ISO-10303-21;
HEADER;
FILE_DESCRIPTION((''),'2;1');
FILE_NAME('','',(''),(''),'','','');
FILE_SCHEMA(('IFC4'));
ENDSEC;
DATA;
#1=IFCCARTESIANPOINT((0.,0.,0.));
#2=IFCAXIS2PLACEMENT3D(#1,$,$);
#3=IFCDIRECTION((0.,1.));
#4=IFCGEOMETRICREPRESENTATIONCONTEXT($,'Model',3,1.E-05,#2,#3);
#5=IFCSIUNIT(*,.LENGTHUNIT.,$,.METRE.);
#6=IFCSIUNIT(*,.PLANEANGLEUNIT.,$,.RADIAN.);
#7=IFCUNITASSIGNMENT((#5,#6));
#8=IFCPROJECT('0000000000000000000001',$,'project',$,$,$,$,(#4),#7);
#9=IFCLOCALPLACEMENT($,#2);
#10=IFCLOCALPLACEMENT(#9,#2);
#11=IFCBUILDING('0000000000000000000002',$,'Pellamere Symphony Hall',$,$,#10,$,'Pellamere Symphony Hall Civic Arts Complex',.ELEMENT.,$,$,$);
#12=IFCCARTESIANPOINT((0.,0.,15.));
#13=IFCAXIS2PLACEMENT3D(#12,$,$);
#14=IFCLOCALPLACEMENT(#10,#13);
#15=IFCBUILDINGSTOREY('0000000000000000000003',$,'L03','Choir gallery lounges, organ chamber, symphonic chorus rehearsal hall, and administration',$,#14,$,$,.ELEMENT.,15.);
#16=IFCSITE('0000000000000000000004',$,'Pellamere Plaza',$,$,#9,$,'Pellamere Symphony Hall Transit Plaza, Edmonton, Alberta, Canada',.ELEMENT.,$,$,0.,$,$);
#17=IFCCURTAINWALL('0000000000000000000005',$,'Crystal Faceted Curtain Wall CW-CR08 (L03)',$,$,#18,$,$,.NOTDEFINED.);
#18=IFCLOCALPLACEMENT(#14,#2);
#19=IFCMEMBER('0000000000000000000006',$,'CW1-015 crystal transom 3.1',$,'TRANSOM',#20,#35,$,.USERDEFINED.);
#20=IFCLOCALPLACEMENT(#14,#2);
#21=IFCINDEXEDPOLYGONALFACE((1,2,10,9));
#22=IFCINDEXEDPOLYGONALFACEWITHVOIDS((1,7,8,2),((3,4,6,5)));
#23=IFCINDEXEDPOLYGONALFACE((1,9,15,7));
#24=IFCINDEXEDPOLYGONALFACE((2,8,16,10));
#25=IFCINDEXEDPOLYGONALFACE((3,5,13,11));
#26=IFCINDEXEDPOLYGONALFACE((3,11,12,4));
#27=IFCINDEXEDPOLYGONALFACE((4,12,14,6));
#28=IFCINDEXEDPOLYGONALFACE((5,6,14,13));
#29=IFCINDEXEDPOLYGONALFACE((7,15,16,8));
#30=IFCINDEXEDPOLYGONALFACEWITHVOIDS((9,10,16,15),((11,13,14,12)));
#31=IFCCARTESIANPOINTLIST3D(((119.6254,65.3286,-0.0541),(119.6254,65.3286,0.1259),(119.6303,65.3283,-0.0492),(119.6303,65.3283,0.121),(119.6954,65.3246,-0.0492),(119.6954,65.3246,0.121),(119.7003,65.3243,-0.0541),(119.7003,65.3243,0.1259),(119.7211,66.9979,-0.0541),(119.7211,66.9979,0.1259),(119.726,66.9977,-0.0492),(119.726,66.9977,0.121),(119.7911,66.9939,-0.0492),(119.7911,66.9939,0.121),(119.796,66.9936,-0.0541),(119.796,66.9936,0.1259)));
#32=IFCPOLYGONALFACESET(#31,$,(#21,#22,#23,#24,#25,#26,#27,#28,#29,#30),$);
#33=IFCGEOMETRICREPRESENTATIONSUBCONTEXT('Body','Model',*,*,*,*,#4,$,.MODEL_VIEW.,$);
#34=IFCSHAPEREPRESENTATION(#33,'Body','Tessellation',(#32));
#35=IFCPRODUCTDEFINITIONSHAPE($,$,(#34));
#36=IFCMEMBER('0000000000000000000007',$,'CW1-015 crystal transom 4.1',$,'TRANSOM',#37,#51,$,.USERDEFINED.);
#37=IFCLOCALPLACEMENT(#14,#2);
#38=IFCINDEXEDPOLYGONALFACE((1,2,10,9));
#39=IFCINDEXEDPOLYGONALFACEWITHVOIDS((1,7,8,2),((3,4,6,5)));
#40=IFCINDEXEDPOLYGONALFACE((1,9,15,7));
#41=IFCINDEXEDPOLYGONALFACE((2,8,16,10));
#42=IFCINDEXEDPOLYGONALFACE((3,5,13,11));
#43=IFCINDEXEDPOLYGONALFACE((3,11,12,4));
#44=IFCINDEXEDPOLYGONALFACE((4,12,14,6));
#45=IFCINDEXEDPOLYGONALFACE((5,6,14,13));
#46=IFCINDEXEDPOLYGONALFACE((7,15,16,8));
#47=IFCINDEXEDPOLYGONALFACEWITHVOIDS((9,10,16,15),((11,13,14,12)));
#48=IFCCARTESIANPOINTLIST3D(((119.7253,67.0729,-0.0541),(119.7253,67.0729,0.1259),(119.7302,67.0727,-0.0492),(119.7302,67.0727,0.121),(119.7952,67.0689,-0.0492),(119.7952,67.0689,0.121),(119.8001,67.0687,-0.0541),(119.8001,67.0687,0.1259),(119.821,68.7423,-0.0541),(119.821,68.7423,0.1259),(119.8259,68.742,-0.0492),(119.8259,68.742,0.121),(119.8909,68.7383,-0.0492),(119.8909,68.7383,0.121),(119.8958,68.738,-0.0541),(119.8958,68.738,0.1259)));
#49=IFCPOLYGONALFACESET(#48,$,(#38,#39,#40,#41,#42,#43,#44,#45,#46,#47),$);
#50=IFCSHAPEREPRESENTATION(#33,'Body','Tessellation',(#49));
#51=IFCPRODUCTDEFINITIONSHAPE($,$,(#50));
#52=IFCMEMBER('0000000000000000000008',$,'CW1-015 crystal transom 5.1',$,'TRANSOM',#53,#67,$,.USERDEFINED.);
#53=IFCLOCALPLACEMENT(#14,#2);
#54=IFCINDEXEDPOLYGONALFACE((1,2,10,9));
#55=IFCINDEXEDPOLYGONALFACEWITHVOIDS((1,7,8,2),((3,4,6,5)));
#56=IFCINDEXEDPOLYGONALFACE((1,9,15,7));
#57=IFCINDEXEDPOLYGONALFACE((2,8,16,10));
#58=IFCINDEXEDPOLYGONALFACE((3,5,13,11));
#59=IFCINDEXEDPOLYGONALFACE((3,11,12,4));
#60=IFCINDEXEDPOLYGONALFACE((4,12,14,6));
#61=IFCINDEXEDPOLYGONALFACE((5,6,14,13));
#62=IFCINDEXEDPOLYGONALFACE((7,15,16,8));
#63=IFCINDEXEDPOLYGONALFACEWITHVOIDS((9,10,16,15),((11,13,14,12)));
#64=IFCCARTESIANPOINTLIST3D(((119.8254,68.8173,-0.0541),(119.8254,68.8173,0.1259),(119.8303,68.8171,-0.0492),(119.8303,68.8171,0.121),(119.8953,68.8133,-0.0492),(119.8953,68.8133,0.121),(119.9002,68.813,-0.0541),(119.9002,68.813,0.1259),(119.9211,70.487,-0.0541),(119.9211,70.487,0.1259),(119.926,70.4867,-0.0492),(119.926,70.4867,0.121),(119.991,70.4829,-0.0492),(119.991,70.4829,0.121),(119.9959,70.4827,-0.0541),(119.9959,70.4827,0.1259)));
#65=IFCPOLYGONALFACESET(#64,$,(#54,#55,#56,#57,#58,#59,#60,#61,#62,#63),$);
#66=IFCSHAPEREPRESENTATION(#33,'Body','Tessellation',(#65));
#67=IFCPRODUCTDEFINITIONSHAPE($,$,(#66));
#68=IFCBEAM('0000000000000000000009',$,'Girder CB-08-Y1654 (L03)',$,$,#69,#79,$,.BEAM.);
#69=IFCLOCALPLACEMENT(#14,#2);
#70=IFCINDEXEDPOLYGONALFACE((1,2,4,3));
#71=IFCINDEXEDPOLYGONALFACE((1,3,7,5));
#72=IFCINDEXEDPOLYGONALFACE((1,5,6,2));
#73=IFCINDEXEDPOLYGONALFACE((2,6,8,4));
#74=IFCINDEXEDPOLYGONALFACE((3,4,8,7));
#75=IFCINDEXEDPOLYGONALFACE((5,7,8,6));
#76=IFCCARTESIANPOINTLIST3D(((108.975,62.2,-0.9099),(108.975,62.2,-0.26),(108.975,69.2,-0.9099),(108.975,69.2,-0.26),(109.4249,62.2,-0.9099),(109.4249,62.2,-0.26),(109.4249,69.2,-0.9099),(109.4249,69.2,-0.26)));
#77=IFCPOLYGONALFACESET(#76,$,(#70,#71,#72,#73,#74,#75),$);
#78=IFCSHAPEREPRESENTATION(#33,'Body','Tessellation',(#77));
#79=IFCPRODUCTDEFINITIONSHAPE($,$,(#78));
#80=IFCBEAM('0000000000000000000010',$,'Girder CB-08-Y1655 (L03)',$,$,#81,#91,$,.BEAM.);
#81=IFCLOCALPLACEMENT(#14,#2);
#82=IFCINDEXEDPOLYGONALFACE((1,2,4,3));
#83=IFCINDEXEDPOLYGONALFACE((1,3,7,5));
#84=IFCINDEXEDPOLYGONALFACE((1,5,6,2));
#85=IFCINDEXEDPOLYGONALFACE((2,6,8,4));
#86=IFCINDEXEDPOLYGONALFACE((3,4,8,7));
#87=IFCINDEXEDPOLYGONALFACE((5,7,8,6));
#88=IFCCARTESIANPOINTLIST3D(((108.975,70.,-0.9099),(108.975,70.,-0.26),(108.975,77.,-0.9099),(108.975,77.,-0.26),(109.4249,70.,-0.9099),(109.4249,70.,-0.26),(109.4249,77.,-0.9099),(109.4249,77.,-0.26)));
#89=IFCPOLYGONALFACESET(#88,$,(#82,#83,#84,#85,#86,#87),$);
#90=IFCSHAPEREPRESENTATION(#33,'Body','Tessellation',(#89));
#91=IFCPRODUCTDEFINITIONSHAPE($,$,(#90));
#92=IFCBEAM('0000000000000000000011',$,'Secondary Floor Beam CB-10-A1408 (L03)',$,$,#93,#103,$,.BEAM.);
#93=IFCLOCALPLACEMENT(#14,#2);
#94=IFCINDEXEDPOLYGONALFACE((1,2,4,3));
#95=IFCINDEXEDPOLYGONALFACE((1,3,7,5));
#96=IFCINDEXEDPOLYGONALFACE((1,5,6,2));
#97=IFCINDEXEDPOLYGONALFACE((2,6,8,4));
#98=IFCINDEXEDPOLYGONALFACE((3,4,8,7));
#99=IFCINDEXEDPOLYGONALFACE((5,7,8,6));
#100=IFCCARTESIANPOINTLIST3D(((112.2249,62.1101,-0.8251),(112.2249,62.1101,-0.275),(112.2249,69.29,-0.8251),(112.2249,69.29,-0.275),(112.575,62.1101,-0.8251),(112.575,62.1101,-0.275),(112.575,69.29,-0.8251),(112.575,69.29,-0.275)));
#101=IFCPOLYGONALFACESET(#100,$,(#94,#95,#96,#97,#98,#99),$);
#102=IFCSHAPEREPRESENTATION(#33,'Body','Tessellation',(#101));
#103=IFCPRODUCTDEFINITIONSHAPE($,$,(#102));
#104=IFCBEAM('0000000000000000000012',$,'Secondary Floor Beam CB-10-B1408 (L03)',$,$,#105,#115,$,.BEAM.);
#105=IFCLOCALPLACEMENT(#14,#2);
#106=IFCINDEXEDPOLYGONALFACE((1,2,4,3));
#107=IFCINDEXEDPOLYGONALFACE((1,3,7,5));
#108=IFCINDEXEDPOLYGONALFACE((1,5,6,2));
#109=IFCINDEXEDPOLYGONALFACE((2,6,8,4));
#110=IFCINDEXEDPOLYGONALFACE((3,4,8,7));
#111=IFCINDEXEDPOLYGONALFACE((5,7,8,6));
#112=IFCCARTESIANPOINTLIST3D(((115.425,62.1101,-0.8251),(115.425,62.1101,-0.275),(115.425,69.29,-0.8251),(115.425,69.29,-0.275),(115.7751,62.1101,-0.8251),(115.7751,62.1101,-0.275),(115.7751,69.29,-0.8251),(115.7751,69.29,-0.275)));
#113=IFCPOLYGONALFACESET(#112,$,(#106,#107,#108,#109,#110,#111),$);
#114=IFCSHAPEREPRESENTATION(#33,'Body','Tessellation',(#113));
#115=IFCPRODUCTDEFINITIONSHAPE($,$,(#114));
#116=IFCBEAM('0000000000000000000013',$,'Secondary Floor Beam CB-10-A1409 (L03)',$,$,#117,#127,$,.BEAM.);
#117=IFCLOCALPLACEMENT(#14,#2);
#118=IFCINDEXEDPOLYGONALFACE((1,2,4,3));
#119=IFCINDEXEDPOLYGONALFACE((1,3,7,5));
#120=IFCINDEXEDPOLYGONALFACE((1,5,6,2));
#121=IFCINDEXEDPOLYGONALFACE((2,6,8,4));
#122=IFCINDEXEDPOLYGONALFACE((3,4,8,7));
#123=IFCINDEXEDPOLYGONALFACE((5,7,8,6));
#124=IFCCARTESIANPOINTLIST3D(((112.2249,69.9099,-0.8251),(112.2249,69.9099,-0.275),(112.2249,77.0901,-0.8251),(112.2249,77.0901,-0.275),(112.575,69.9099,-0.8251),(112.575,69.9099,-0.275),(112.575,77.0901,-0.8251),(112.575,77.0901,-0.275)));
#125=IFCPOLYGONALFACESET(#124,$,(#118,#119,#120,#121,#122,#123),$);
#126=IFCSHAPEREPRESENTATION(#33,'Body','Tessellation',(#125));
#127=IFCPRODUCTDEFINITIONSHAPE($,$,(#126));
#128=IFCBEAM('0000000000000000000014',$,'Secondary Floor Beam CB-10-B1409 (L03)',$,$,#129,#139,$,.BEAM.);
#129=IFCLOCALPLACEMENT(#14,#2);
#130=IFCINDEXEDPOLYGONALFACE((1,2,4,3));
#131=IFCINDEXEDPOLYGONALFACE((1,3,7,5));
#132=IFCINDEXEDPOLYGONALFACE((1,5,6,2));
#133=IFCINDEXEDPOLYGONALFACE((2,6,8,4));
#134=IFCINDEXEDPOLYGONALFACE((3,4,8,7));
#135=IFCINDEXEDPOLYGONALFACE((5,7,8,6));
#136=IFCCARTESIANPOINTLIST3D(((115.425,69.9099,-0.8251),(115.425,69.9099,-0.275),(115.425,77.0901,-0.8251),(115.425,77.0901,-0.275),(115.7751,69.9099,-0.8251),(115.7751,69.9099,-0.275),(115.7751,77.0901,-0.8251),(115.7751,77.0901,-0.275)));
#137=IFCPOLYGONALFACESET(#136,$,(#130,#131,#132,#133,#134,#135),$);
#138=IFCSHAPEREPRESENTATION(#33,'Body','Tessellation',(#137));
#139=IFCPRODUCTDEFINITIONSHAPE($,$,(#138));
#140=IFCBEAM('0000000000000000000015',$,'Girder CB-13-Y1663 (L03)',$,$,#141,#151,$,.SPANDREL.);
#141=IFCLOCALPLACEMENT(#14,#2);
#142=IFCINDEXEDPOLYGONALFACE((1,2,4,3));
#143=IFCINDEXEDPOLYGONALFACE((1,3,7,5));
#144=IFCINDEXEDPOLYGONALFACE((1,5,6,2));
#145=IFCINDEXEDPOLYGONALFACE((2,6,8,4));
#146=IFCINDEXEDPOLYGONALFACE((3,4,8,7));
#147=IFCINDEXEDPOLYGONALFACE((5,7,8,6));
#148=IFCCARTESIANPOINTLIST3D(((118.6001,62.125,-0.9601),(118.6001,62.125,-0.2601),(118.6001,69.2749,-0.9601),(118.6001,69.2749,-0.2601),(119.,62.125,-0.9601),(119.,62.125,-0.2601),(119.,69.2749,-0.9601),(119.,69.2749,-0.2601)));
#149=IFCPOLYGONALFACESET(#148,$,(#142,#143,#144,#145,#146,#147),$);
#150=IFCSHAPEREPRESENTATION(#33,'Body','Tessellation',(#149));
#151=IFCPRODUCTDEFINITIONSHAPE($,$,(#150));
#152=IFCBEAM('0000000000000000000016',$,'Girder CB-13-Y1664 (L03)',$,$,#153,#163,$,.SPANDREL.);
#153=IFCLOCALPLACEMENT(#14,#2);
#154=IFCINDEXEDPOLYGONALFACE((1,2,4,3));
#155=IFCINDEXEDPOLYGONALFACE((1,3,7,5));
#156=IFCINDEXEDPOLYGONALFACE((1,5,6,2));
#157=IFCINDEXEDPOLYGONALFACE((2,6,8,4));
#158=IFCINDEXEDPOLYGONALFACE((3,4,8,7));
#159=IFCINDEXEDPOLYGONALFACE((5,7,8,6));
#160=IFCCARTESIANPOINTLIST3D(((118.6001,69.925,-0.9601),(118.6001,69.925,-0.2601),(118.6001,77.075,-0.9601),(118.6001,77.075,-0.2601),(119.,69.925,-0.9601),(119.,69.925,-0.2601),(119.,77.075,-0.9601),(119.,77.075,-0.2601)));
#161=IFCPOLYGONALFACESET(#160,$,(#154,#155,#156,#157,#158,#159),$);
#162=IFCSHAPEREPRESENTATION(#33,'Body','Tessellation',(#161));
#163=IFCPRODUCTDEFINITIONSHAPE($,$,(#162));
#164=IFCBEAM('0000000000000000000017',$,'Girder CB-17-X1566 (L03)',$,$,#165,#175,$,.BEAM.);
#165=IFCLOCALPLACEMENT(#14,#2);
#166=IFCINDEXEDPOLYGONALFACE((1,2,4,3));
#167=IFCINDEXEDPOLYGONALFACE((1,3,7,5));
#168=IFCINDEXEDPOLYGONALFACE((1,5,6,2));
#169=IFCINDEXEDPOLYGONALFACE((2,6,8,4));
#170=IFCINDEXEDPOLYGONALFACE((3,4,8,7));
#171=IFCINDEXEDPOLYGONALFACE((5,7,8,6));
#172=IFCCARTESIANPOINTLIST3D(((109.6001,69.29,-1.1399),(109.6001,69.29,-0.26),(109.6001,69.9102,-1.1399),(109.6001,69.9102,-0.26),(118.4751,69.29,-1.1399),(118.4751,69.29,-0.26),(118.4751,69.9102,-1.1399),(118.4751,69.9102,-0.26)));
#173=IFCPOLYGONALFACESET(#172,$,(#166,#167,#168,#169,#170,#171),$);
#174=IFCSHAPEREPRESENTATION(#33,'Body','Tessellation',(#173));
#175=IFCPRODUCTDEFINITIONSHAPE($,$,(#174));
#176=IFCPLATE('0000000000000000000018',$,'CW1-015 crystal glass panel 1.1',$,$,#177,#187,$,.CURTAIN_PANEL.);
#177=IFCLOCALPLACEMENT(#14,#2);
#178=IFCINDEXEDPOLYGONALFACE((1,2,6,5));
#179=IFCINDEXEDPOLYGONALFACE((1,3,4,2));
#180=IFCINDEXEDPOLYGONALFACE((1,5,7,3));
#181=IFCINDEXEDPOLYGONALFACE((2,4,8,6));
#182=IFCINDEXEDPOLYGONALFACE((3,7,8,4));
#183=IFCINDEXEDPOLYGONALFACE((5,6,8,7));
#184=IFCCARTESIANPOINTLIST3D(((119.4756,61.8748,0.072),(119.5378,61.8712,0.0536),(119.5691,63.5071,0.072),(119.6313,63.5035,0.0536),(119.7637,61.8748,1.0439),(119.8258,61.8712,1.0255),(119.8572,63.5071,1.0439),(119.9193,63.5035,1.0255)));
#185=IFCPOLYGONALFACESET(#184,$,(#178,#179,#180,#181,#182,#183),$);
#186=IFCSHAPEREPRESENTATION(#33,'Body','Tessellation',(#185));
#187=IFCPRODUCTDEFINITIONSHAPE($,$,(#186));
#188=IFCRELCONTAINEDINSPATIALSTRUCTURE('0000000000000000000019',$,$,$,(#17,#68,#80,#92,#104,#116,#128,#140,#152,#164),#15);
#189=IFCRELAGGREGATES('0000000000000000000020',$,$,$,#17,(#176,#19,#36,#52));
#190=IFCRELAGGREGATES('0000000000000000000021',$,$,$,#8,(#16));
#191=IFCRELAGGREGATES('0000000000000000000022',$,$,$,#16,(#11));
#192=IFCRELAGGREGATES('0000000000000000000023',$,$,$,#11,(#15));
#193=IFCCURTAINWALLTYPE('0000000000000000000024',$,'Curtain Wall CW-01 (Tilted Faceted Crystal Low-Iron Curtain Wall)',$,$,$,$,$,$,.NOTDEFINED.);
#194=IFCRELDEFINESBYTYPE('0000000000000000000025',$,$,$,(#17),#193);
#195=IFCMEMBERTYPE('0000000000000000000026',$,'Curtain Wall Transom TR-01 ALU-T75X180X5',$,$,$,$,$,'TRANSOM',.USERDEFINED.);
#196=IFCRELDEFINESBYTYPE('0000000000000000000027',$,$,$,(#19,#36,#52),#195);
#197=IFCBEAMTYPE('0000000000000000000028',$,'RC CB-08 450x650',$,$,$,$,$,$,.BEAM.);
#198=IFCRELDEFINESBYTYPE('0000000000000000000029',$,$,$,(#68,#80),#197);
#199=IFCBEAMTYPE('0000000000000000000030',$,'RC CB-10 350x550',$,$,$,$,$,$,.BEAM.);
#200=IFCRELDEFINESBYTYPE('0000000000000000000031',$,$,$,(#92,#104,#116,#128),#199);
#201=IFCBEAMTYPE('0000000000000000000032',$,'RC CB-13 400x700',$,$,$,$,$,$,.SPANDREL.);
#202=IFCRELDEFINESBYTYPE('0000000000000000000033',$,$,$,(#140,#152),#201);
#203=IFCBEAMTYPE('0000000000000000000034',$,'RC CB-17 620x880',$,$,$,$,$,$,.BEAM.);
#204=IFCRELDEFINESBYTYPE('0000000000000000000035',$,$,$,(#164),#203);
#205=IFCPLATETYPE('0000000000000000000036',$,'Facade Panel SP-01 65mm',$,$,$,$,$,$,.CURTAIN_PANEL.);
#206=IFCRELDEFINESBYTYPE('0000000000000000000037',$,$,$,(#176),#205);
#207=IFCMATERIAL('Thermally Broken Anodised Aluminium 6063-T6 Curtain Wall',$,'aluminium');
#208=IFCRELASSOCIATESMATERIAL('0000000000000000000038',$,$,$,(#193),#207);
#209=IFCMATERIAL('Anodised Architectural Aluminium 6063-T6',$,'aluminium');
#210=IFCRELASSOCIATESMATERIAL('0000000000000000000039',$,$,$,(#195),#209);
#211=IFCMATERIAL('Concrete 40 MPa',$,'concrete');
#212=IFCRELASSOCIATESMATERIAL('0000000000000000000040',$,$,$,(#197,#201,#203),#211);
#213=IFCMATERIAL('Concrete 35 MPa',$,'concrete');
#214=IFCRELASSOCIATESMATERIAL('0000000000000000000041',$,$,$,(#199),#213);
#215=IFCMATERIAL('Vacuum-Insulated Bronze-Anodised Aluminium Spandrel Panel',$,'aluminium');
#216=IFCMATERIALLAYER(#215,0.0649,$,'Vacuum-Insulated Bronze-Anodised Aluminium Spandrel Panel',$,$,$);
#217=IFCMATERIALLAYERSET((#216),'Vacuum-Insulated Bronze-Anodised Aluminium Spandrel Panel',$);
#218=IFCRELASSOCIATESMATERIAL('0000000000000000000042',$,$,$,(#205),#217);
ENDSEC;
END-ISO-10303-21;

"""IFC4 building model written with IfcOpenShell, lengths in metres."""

from ifc_helpers import new_model, si_unit, direction, frame, origin, origin_2d, place, context, subcontext, project, spatial, polyline, rectangle, hollow_rectangle, outline, extrude, material, layer, layer_set, material_profile, profile_set, type_object, element, aggregate, save


model = new_model("IFC4")

# Units and contexts
model_context = context("Model", 3, precision=1e-05, world=origin(), true_north=direction((0.0, 1.0)))
body_context = subcontext(model_context, "Body", "Model", "MODEL_VIEW")
ifc_project = project(units=[si_unit("LENGTHUNIT", "METRE"), si_unit("PLANEANGLEUNIT", "RADIAN")], contexts=[model_context])

# Site, building, storey
site_placement = place(None, origin())
site = spatial("IfcSite", under=ifc_project, at=site_placement, Name="Pellamere Plaza", LongName="Pellamere Symphony Hall Transit Plaza, Edmonton, Alberta, Canada", CompositionType="ELEMENT", RefElevation=0.0)
building_placement = place(site_placement, origin())
building = spatial("IfcBuilding", under=site, at=building_placement, Name="Pellamere Symphony Hall", LongName="Pellamere Symphony Hall Civic Arts Complex", CompositionType="ELEMENT")
storey_placement = place(building_placement, frame((0.0, 0.0, 15.0)))
storey = spatial("IfcBuildingStorey", under=building, at=storey_placement, Name="L03", Description="Choir gallery lounges, organ chamber, symphonic chorus rehearsal hall, and administration", CompositionType="ELEMENT", Elevation=15.0)

# Shared definitions
ifc_material_1 = material(Name="Concrete 40 MPa", Category="concrete")

# Curtain wall, members
ifc_material_2 = material(Name="Thermally Broken Anodised Aluminium 6063-T6 Curtain Wall", Category="aluminium")
curtain_wall_type = type_object("IfcCurtainWallType", Name="Curtain Wall CW-01 (Tilted Faceted Crystal Low-Iron Curtain Wall)", PredefinedType="NOTDEFINED", material=ifc_material_2)
curtain_wall_placement = place(storey_placement, origin())
curtain_wall = element("IfcCurtainWall", 1, at=curtain_wall_placement, inside=storey, type_object=curtain_wall_type, Name="Crystal Faceted Curtain Wall CW-CR08 (L03)", PredefinedType="NOTDEFINED")
ifc_material_3 = material(Name="Anodised Architectural Aluminium 6063-T6", Category="aluminium")
ifc_material_profile_1 = material_profile(ifc_material_3, hollow_rectangle(XDim=0.075, YDim=0.1799, WallThickness=0.0049, at=origin_2d()), Name="ALU-T75X180X5")
ifc_profile_set_1 = profile_set([ifc_material_profile_1], Name="Anodised Architectural Aluminium 6063-T6")
member_type_1 = type_object("IfcMemberType", Name="Curtain Wall Transom TR-01 ALU-T75X180X5", ElementType="TRANSOM", PredefinedType="USERDEFINED", material=ifc_profile_set_1)
member_1_placement = place(storey_placement, frame((119.6628, 65.3264, 0.0359), z_axis=(0.057233, 0.998361, 0.0), x_axis=(-0.998361, 0.057233, 0.0)))
member_1 = element("IfcMember", 2, at=member_1_placement, type_object=member_type_1, Name="CW1-015 crystal transom 3.1", ObjectType="TRANSOM", PredefinedType="USERDEFINED", context=body_context, shape_type="SweptSolid", body=[
    extrude(hollow_rectangle(XDim=0.075, YDim=0.1799, WallThickness=0.0049, at=origin_2d()), origin(), (0.0, 0.0, 1.0), 1.6721),
])
member_2_placement = place(storey_placement, frame((119.7627, 67.0708, 0.0359), z_axis=(0.057233, 0.998361, 0.0), x_axis=(-0.998361, 0.057233, 0.0)))
member_2 = element("IfcMember", 3, at=member_2_placement, type_object=member_type_1, Name="CW1-015 crystal transom 4.1", ObjectType="TRANSOM", PredefinedType="USERDEFINED", context=body_context, shape_type="SweptSolid", body=[
    extrude(hollow_rectangle(XDim=0.075, YDim=0.1799, WallThickness=0.0049, at=origin_2d()), origin(), (0.0, 0.0, 1.0), 1.6721),
])
member_3_placement = place(storey_placement, frame((119.8628, 68.8152, 0.0359), z_axis=(0.057224, 0.998361, 0.0), x_axis=(-0.998361, 0.057224, 0.0)))
member_3 = element("IfcMember", 4, at=member_3_placement, type_object=member_type_1, Name="CW1-015 crystal transom 5.1", ObjectType="TRANSOM", PredefinedType="USERDEFINED", context=body_context, shape_type="SweptSolid", body=[
    extrude(hollow_rectangle(XDim=0.075, YDim=0.1799, WallThickness=0.0049, at=origin_2d()), origin(), (0.0, 0.0, 1.0), 1.6724),
])

# Beams
ifc_material_profile_2 = material_profile(ifc_material_1, rectangle(XDim=0.45, YDim=0.6499, at=origin_2d()), Name="RC 450x650")
ifc_profile_set_2 = profile_set([ifc_material_profile_2], Name="Concrete 40 MPa")
beam_type_1 = type_object("IfcBeamType", Name="RC CB-08 450x650", PredefinedType="BEAM", material=ifc_profile_set_2)
for number, where, z_axis, x_axis, name in (
    (5, (109.2, 62.2, -0.585), (0.0, 1.0, 0.0), (-1.0, 0.0, 0.0), "Girder CB-08-Y1654 (L03)"),
    (6, (109.2, 70.0, -0.585), (0.0, 1.0, 0.0), (-1.0, 0.0, 0.0), "Girder CB-08-Y1655 (L03)"),
):
    element("IfcBeam", number, at=place(storey_placement, frame(where, z_axis=z_axis, x_axis=x_axis)), inside=storey, type_object=beam_type_1, Name=name, PredefinedType="BEAM", context=body_context, shape_type="SweptSolid", body=[
        extrude(rectangle(XDim=0.45, YDim=0.6499, at=origin_2d()), origin(), (0.0, 0.0, 1.0), 7.0),
    ])
ifc_material_4 = material(Name="Concrete 35 MPa", Category="concrete")
ifc_material_profile_3 = material_profile(ifc_material_4, rectangle(XDim=0.3501, YDim=0.55, at=origin_2d()), Name="RC 350x550")
ifc_profile_set_3 = profile_set([ifc_material_profile_3], Name="Concrete 35 MPa")
beam_type_2 = type_object("IfcBeamType", Name="RC CB-10 350x550", PredefinedType="BEAM", material=ifc_profile_set_3)
for number, where, z_axis, x_axis, name in (
    (7, (112.3999, 62.1101, -0.55), (0.0, 1.0, 0.0), (-1.0, 0.0, 0.0), "Secondary Floor Beam CB-10-A1408 (L03)"),
    (8, (115.6001, 62.1101, -0.55), (0.0, 1.0, 0.0), (-1.0, 0.0, 0.0), "Secondary Floor Beam CB-10-B1408 (L03)"),
):
    element("IfcBeam", number, at=place(storey_placement, frame(where, z_axis=z_axis, x_axis=x_axis)), inside=storey, type_object=beam_type_2, Name=name, PredefinedType="BEAM", context=body_context, shape_type="SweptSolid", body=[
        extrude(rectangle(XDim=0.3501, YDim=0.55, at=origin_2d()), origin(), (0.0, 0.0, 1.0), 7.1799),
    ])
for number, where, z_axis, x_axis, name in (
    (9, (112.3999, 69.9099, -0.55), (0.0, 1.0, 0.0), (-1.0, 0.0, 0.0), "Secondary Floor Beam CB-10-A1409 (L03)"),
    (10, (115.6001, 69.9099, -0.55), (0.0, 1.0, 0.0), (-1.0, 0.0, 0.0), "Secondary Floor Beam CB-10-B1409 (L03)"),
):
    element("IfcBeam", number, at=place(storey_placement, frame(where, z_axis=z_axis, x_axis=x_axis)), inside=storey, type_object=beam_type_2, Name=name, PredefinedType="BEAM", context=body_context, shape_type="SweptSolid", body=[
        extrude(rectangle(XDim=0.3501, YDim=0.55, at=origin_2d()), origin(), (0.0, 0.0, 1.0), 7.1802),
    ])
ifc_material_profile_4 = material_profile(ifc_material_1, rectangle(XDim=0.3999, YDim=0.7, at=origin_2d()), Name="RC 400x700")
ifc_profile_set_4 = profile_set([ifc_material_profile_4], Name="Concrete 40 MPa")
beam_type_3 = type_object("IfcBeamType", Name="RC CB-13 400x700", PredefinedType="SPANDREL", material=ifc_profile_set_4)
for number, where, z_axis, x_axis, name in (
    (11, (118.8, 62.125, -0.6101), (0.0, 1.0, 0.0), (-1.0, 0.0, 0.0), "Girder CB-13-Y1663 (L03)"),
    (12, (118.8, 69.925, -0.6101), (0.0, 1.0, 0.0), (-1.0, 0.0, 0.0), "Girder CB-13-Y1664 (L03)"),
):
    element("IfcBeam", number, at=place(storey_placement, frame(where, z_axis=z_axis, x_axis=x_axis)), inside=storey, type_object=beam_type_3, Name=name, PredefinedType="SPANDREL", context=body_context, shape_type="SweptSolid", body=[
        extrude(rectangle(XDim=0.3999, YDim=0.7, at=origin_2d()), origin(), (0.0, 0.0, 1.0), 7.1499),
    ])
ifc_material_profile_5 = material_profile(ifc_material_1, rectangle(XDim=0.6201, YDim=0.8799, at=origin_2d()), Name="RC 620x880")
ifc_profile_set_5 = profile_set([ifc_material_profile_5], Name="Concrete 40 MPa")
beam_type_4 = type_object("IfcBeamType", Name="RC CB-17 620x880", PredefinedType="BEAM", material=ifc_profile_set_5)
beam_placement = place(storey_placement, frame((109.6001, 69.6001, -0.7), z_axis=(1.0, 0.0, 0.0), x_axis=(0.0, 1.0, 0.0)))
element("IfcBeam", 13, at=beam_placement, inside=storey, type_object=beam_type_4, Name="Girder CB-17-X1566 (L03)", PredefinedType="BEAM", context=body_context, shape_type="SweptSolid", body=[
    extrude(rectangle(XDim=0.6201, YDim=0.8799, at=origin_2d()), origin(), (0.0, 0.0, 1.0), 8.875),
])

# Plate
ifc_material_5 = material(Name="Vacuum-Insulated Bronze-Anodised Aluminium Spandrel Panel", Category="aluminium")
ifc_layer = layer(ifc_material_5, 0.0649, Name="Vacuum-Insulated Bronze-Anodised Aluminium Spandrel Panel")
ifc_layer_set = layer_set([ifc_layer], Name="Vacuum-Insulated Bronze-Anodised Aluminium Spandrel Panel")
plate_type = type_object("IfcPlateType", Name="Facade Panel SP-01 65mm", PredefinedType="CURTAIN_PANEL", material=ifc_layer_set)
plate_1_placement = place(storey_placement, frame((119.4756, 61.8748, 0.072), z_axis=(-0.957326, 0.054839, 0.283759), x_axis=(0.05719, 0.998363, 0.0)))
plate_1 = element("IfcPlate", 14, at=plate_1_placement, type_object=plate_type, Name="CW1-015 crystal glass panel 1.1", PredefinedType="CURTAIN_PANEL", context=body_context, shape_type="SweptSolid", body=[
    extrude(outline(polyline([(0.0, 0.0), (1.635, 0.0), (1.6515, -1.0136), (0.0165, -1.0136), (0.0, 0.0)])), origin(), (0.0, 0.0, -1.0), 0.0649),
])
aggregate(curtain_wall, [plate_1, member_1, member_2, member_3])

save(model, "model.ifc")
